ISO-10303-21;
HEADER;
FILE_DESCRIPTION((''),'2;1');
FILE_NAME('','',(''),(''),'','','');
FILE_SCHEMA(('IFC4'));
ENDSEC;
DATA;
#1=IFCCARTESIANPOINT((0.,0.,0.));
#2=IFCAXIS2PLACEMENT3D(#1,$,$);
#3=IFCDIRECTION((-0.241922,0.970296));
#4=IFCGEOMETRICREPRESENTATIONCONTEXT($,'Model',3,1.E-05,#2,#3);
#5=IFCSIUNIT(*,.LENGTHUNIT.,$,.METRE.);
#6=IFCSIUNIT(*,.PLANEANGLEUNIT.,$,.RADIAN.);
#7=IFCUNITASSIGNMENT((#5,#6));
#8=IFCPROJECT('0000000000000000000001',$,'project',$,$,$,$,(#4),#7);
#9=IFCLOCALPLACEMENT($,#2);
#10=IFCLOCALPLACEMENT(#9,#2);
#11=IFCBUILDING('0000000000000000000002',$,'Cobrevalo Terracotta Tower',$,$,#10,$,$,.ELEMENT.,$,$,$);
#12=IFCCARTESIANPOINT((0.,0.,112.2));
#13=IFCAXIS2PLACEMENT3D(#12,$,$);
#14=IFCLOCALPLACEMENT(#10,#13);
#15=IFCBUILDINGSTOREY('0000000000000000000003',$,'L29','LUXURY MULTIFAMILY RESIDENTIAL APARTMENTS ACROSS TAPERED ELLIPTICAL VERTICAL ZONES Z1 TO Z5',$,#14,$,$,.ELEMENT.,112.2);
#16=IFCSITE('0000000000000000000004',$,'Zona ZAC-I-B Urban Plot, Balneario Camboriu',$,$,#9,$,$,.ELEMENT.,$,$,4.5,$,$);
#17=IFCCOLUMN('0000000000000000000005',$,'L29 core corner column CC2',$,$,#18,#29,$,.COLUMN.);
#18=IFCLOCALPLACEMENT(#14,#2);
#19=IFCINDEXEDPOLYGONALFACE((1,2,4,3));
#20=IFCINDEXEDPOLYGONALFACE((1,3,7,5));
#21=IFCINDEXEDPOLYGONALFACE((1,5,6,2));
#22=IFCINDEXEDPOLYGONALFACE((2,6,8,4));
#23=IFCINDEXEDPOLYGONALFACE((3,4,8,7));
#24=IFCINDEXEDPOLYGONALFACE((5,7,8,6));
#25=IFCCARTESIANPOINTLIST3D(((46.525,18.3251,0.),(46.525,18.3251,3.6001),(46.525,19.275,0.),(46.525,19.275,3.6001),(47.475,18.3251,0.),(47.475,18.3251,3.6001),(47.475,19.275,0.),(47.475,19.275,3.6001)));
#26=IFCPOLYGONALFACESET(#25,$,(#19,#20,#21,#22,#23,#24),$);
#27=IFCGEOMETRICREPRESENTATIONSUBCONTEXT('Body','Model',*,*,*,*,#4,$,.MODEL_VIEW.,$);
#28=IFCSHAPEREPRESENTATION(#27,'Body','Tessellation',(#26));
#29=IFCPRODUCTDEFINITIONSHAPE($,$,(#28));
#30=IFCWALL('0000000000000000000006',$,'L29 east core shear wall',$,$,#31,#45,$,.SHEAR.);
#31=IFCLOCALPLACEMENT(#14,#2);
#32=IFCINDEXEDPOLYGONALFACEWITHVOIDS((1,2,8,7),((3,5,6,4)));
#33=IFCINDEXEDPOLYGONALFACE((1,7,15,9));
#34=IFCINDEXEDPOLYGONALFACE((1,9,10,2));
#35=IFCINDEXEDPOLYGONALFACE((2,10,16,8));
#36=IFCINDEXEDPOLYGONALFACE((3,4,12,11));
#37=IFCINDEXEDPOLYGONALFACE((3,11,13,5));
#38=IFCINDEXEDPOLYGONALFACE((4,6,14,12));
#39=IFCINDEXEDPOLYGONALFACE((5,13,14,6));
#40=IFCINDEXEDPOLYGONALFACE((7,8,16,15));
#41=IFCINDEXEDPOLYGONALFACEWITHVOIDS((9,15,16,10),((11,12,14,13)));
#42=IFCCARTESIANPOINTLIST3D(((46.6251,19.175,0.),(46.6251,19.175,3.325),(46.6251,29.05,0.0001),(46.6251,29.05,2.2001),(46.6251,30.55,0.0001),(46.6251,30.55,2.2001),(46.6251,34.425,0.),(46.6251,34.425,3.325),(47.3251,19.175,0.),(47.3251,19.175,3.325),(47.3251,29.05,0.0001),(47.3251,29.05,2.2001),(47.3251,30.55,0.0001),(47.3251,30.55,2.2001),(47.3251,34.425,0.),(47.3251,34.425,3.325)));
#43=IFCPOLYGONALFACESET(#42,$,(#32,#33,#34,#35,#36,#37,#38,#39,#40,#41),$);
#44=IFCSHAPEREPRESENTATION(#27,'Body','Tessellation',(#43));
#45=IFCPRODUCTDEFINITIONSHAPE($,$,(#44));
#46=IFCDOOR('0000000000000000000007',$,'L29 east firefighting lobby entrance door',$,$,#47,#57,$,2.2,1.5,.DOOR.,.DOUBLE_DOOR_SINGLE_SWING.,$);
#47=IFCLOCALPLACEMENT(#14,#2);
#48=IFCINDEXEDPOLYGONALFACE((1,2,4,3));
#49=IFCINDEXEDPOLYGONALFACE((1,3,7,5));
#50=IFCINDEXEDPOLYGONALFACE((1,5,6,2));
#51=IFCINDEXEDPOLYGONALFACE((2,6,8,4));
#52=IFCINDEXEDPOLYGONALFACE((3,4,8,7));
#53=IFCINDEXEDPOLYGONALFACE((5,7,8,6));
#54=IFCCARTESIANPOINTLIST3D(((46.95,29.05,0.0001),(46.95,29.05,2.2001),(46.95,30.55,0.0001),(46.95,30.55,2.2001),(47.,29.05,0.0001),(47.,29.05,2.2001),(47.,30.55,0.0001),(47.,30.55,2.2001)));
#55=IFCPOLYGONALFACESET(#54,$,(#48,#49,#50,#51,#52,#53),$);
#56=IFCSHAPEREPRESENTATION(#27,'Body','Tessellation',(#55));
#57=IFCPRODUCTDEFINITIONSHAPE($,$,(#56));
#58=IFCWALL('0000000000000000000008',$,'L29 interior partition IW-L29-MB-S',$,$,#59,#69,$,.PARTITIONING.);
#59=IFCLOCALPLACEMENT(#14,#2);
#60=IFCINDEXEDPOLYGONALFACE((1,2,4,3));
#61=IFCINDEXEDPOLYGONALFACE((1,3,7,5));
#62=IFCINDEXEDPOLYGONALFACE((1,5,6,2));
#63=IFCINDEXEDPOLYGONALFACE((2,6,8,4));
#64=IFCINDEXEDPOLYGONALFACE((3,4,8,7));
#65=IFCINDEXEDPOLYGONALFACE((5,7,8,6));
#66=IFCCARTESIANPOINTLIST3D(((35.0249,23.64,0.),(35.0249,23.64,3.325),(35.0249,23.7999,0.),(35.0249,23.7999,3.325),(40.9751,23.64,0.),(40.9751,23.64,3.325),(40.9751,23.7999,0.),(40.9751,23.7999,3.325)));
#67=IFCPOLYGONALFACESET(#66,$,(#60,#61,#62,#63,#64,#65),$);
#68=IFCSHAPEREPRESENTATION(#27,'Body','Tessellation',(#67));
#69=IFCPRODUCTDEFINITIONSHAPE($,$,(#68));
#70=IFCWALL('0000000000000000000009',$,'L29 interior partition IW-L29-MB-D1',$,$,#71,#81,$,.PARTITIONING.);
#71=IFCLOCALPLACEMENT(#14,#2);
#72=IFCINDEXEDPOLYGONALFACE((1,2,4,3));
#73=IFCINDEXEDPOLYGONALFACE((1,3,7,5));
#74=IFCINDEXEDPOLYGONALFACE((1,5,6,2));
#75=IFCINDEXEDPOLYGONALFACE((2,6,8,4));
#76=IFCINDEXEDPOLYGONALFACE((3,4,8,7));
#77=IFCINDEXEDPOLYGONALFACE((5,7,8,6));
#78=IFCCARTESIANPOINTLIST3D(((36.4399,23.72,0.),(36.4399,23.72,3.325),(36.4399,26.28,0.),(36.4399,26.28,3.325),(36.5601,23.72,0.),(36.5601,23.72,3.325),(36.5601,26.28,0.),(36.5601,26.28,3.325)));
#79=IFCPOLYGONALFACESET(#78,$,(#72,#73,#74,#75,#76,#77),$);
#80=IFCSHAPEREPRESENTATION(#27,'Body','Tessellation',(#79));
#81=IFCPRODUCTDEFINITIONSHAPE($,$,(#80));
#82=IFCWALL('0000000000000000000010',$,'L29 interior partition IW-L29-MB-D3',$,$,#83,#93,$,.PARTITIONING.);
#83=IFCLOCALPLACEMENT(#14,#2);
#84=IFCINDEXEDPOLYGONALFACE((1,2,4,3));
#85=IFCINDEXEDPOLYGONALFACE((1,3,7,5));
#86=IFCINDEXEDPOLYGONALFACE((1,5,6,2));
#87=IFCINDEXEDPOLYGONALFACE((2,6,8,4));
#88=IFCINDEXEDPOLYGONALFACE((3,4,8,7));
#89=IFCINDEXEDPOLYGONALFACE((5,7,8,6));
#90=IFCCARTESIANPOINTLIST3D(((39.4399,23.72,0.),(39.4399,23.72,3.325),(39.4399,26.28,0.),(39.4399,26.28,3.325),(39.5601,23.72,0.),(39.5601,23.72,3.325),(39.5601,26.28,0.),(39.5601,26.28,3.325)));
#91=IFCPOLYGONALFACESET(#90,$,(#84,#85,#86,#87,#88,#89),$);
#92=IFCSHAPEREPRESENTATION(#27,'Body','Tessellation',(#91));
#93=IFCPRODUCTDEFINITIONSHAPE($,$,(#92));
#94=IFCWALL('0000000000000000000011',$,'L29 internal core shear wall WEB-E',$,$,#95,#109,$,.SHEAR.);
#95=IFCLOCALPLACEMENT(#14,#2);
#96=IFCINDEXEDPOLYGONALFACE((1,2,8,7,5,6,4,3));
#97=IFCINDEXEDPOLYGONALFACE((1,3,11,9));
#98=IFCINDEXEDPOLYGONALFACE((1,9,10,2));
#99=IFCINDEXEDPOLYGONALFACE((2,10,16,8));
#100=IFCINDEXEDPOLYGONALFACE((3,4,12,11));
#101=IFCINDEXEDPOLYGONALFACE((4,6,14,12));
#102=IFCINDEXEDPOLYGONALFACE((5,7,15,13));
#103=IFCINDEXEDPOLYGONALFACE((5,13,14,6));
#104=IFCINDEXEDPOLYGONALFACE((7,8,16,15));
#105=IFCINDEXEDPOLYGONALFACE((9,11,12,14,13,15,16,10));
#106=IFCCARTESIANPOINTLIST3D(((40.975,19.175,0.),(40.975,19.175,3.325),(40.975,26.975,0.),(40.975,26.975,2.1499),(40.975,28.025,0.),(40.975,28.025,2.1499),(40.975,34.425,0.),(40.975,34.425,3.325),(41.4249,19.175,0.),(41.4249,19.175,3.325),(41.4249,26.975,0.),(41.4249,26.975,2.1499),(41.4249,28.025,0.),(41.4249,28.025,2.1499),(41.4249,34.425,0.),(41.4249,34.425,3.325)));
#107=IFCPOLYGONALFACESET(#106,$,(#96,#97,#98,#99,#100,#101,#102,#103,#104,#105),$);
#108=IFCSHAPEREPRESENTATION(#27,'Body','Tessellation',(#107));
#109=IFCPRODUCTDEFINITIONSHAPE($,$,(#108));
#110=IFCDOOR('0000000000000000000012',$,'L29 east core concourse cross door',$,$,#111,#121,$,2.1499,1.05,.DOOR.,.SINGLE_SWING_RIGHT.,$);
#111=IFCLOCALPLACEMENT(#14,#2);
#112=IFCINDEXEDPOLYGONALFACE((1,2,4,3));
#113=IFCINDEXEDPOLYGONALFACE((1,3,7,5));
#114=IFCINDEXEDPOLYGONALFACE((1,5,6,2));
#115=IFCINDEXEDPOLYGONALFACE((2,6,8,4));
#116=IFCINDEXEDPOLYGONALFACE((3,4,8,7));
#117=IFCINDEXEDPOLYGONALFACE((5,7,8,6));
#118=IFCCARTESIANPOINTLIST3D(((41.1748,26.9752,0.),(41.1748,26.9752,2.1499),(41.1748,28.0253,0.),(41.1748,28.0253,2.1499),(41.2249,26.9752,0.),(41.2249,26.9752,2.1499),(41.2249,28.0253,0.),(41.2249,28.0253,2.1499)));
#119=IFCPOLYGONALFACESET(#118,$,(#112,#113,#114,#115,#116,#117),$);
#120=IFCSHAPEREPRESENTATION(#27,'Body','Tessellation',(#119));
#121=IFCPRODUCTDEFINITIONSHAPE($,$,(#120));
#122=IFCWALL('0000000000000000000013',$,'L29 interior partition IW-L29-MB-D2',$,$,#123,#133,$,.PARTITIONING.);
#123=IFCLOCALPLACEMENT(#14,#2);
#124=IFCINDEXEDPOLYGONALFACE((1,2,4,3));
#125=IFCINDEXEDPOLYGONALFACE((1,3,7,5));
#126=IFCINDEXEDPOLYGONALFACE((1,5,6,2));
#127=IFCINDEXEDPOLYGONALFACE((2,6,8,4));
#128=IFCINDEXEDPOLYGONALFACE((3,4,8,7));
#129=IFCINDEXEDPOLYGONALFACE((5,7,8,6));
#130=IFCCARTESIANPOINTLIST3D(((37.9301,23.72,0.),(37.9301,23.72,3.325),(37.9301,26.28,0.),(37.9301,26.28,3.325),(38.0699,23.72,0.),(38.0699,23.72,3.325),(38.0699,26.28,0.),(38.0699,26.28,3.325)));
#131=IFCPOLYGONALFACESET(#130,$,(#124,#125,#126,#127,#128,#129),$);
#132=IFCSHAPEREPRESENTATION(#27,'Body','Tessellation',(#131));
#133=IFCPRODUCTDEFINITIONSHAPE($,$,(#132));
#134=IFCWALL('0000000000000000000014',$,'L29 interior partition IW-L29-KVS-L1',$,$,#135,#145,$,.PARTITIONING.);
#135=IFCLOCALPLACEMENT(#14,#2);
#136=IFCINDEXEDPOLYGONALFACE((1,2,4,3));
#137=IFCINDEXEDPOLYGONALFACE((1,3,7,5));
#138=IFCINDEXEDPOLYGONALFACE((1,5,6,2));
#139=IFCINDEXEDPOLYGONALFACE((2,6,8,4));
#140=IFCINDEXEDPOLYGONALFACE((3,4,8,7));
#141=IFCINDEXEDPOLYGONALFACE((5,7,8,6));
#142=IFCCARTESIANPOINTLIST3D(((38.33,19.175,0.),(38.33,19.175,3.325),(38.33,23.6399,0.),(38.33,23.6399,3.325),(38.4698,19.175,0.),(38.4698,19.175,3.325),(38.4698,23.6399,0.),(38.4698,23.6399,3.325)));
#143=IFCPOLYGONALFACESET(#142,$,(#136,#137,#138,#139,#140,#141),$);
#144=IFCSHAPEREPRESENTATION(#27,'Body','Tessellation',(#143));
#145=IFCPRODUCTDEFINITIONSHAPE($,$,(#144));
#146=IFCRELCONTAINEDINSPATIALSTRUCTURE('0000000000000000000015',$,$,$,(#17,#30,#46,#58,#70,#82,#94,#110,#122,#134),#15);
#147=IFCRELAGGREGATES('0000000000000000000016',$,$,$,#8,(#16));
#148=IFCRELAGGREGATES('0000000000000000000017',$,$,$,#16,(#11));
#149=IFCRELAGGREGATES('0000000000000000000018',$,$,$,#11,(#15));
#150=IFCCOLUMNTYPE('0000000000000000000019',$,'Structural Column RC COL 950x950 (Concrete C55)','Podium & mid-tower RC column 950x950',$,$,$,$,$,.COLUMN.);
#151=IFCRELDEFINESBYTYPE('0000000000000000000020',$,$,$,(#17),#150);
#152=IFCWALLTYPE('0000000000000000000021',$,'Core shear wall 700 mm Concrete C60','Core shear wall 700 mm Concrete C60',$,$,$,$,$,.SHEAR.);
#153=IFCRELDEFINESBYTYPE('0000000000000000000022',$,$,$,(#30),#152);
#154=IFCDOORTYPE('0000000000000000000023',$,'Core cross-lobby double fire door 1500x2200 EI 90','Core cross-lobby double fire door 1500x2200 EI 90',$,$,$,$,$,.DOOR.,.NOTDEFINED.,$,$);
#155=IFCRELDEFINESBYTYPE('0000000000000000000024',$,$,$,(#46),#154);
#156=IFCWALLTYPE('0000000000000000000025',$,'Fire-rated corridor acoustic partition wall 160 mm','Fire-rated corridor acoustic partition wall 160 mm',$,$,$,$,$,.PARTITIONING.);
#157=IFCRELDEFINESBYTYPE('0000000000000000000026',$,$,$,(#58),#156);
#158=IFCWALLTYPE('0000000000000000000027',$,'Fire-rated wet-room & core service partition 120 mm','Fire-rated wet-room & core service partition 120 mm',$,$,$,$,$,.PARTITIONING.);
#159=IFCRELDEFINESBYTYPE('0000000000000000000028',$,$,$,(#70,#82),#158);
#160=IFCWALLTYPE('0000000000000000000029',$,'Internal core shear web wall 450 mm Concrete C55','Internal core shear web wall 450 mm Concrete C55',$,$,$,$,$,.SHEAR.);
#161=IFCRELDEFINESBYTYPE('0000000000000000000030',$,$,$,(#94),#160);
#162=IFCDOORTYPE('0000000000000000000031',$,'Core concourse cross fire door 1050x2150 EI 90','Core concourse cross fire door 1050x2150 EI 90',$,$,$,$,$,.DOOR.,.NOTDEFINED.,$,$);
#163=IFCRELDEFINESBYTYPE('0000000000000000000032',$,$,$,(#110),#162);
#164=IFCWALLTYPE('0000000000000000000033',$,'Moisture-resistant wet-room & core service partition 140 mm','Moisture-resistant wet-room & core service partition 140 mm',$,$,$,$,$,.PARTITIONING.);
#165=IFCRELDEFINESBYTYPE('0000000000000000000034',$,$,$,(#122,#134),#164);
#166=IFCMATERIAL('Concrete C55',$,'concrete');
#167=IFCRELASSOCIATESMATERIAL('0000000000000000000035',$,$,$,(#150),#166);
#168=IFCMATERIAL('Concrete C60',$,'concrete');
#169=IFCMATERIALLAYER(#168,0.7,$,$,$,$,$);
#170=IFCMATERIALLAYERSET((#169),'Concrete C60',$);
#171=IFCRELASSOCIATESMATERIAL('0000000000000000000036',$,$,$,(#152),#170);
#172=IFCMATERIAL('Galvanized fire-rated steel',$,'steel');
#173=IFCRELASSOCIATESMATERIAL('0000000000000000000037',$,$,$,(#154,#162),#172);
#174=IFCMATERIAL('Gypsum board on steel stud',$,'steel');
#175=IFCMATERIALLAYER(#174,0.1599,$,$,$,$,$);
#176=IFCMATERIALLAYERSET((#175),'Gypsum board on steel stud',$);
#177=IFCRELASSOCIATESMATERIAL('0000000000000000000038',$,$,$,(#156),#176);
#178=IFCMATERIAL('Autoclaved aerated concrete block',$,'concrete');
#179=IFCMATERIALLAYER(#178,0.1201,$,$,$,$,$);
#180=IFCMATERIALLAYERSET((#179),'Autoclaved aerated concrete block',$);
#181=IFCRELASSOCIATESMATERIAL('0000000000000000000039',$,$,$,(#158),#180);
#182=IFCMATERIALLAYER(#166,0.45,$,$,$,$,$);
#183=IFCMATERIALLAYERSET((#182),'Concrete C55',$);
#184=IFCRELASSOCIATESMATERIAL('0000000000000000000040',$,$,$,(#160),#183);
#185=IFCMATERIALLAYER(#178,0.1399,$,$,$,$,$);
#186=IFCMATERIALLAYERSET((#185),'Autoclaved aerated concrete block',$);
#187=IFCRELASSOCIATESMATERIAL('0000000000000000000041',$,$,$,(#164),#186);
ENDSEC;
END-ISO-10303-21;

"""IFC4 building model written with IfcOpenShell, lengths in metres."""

from ifc_helpers import new_model, si_unit, direction, frame, frame_2d, origin, origin_2d, place, context, subcontext, project, spatial, rectangle, extrude, source, transform, mapped, material, layer, layer_set, material_profile, profile_set, type_object, element, fill, save


model = new_model("IFC4")

# Units and contexts
model_context = context("Model", 3, precision=1e-05, world=origin(), true_north=direction((-0.241922, 0.970296)))
body_context = subcontext(model_context, "Body", "Model", "MODEL_VIEW")
ifc_project = project(units=[si_unit("LENGTHUNIT", "METRE"), si_unit("PLANEANGLEUNIT", "RADIAN")], contexts=[model_context])

# Site, building, storey
site_placement = place(None, origin())
site = spatial("IfcSite", under=ifc_project, at=site_placement, Name="Zona ZAC-I-B Urban Plot, Balneario Camboriu", CompositionType="ELEMENT", RefElevation=4.5)
building_placement = place(site_placement, origin())
building = spatial("IfcBuilding", under=site, at=building_placement, Name="Cobrevalo Terracotta Tower", CompositionType="ELEMENT")
storey_placement = place(building_placement, frame((0.0, 0.0, 112.2)))
storey = spatial("IfcBuildingStorey", under=building, at=storey_placement, Name="L29", Description="LUXURY MULTIFAMILY RESIDENTIAL APARTMENTS ACROSS TAPERED ELLIPTICAL VERTICAL ZONES Z1 TO Z5", CompositionType="ELEMENT", Elevation=112.2)

# Column
ifc_material_1 = material(Name="Concrete C55", Category="concrete")
ifc_material_profile = material_profile(ifc_material_1, rectangle(XDim=0.95, YDim=0.95, at=origin_2d()), Name="RC COL 950x950")
ifc_profile_set = profile_set([ifc_material_profile], Name="Concrete C55")
column_type = type_object("IfcColumnType", Name="Structural Column RC COL 950x950 (Concrete C55)", Description="Podium & mid-tower RC column 950x950", PredefinedType="COLUMN", material=ifc_profile_set)
column_placement = place(storey_placement, frame((47.0, 18.8, 0.0), z_axis=(0.0, 0.0, 1.0), x_axis=(1.0, 0.0, 0.0)))
element("IfcColumn", 1, at=column_placement, inside=storey, type_object=column_type, Name="L29 core corner column CC2", PredefinedType="COLUMN", context=body_context, shape_type="SweptSolid", body=[
    extrude(rectangle(XDim=0.95, YDim=0.95, at=origin_2d()), origin(), (0.0, 0.0, 1.0), 3.6001),
])

# Wall, opening, door
ifc_material_2 = material(Name="Concrete C60", Category="concrete")
ifc_layer_1 = layer(ifc_material_2, 0.7)
ifc_layer_set_1 = layer_set([ifc_layer_1], Name="Concrete C60")
wall_type_1 = type_object("IfcWallType", Name="Core shear wall 700 mm Concrete C60", Description="Core shear wall 700 mm Concrete C60", PredefinedType="SHEAR", material=ifc_layer_set_1)
wall_1_placement = place(storey_placement, frame((46.9751, 19.175, 0.0), z_axis=(0.0, 0.0, 1.0), x_axis=(0.0, 1.0, 0.0)))
wall_1 = element("IfcWall", 2, at=wall_1_placement, inside=storey, type_object=wall_type_1, Name="L29 east core shear wall", PredefinedType="SHEAR", context=body_context, shape_type="SweptSolid", body=[
    extrude(rectangle(XDim=15.25, YDim=0.7, at=frame_2d((7.625, 0.0))), origin(), (0.0, 0.0, 1.0), 3.325),
])
opening_1_placement = place(wall_1_placement, frame((9.875, 0.0, 0.0)))
opening_1 = element("IfcOpeningElement", 3, at=opening_1_placement, cuts=wall_1, PredefinedType="OPENING", context=body_context, shape_type="SweptSolid", body=[
    extrude(rectangle(XDim=1.5, YDim=2.2, at=frame_2d((0.75, 1.1001))), frame((0.0, 0.3599, 0.0), z_axis=(0.0, -1.0, 0.0), x_axis=(1.0, 0.0, 0.0)), (0.0, 0.0, 1.0), 0.72),
])
ifc_material_3 = material(Name="Galvanized fire-rated steel", Category="steel")
door_type_1 = type_object("IfcDoorType", Name="Core cross-lobby double fire door 1500x2200 EI 90", Description="Core cross-lobby double fire door 1500x2200 EI 90", OperationType="NOTDEFINED", PredefinedType="DOOR", material=ifc_material_3)
shared_shape_1 = source(origin(), body_context, "Body", "SweptSolid", [
    extrude(rectangle(XDim=1.5, YDim=2.2, at=frame_2d((0.75, 1.1001))), frame((0.0, 0.0249, 0.0), z_axis=(0.0, -1.0, 0.0), x_axis=(1.0, 0.0, 0.0)), (0.0, 0.0, 1.0), 0.05),
])
door_1_placement = place(opening_1_placement, frame((1.5, 0.0, 0.0), z_axis=(0.0, 0.0, 1.0), x_axis=(-1.0, 0.0, 0.0)))
door_1 = element("IfcDoor", 4, at=door_1_placement, inside=storey, type_object=door_type_1, Name="L29 east firefighting lobby entrance door", OperationType="DOUBLE_DOOR_SINGLE_SWING", OverallHeight=2.2, OverallWidth=1.5, PredefinedType="DOOR", context=body_context, shape_type="MappedRepresentation", body=[
    mapped(shared_shape_1, transform((0.0, 0.0, 0.0), scale=1.0)),
])
fill(opening_1, door_1)

# Walls
ifc_material_4 = material(Name="Gypsum board on steel stud", Category="steel")
ifc_layer_2 = layer(ifc_material_4, 0.1599)
ifc_layer_set_2 = layer_set([ifc_layer_2], Name="Gypsum board on steel stud")
wall_type_2 = type_object("IfcWallType", Name="Fire-rated corridor acoustic partition wall 160 mm", Description="Fire-rated corridor acoustic partition wall 160 mm", PredefinedType="PARTITIONING", material=ifc_layer_set_2)
wall_2_placement = place(storey_placement, frame((35.0249, 23.72, 0.0), z_axis=(0.0, 0.0, 1.0), x_axis=(1.0, 0.0, 0.0)))
element("IfcWall", 5, at=wall_2_placement, inside=storey, type_object=wall_type_2, Name="L29 interior partition IW-L29-MB-S", PredefinedType="PARTITIONING", context=body_context, shape_type="SweptSolid", body=[
    extrude(rectangle(XDim=5.9502, YDim=0.1599, at=frame_2d((2.9751, 0.0))), origin(), (0.0, 0.0, 1.0), 3.325),
])
ifc_material_5 = material(Name="Autoclaved aerated concrete block", Category="concrete")
ifc_layer_3 = layer(ifc_material_5, 0.1201)
ifc_layer_set_3 = layer_set([ifc_layer_3], Name="Autoclaved aerated concrete block")
wall_type_3 = type_object("IfcWallType", Name="Fire-rated wet-room & core service partition 120 mm", Description="Fire-rated wet-room & core service partition 120 mm", PredefinedType="PARTITIONING", material=ifc_layer_set_3)
for number, where, z_axis, x_axis, name in (
    (6, (36.5, 23.72, 0.0), (0.0, 0.0, 1.0), (0.0, 1.0, 0.0), "L29 interior partition IW-L29-MB-D1"),
    (7, (39.5, 23.72, 0.0), (0.0, 0.0, 1.0), (0.0, 1.0, 0.0), "L29 interior partition IW-L29-MB-D3"),
):
    element("IfcWall", number, at=place(storey_placement, frame(where, z_axis=z_axis, x_axis=x_axis)), inside=storey, type_object=wall_type_3, Name=name, PredefinedType="PARTITIONING", context=body_context, shape_type="SweptSolid", body=[
        extrude(rectangle(XDim=2.5601, YDim=0.1201, at=frame_2d((1.28, 0.0))), origin(), (0.0, 0.0, 1.0), 3.325),
    ])

# Wall, opening, door
ifc_layer_4 = layer(ifc_material_1, 0.45)
ifc_layer_set_4 = layer_set([ifc_layer_4], Name="Concrete C55")
wall_type_4 = type_object("IfcWallType", Name="Internal core shear web wall 450 mm Concrete C55", Description="Internal core shear web wall 450 mm Concrete C55", PredefinedType="SHEAR", material=ifc_layer_set_4)
wall_3_placement = place(storey_placement, frame((41.2, 19.175, 0.0), z_axis=(0.0, 0.0, 1.0), x_axis=(0.0, 1.0, 0.0)))
wall_3 = element("IfcWall", 8, at=wall_3_placement, inside=storey, type_object=wall_type_4, Name="L29 internal core shear wall WEB-E", PredefinedType="SHEAR", context=body_context, shape_type="SweptSolid", body=[
    extrude(rectangle(XDim=15.25, YDim=0.45, at=frame_2d((7.625, 0.0))), origin(), (0.0, 0.0, 1.0), 3.325),
])
opening_2_placement = place(wall_3_placement, frame((7.8, 0.0, 0.0)))
opening_2 = element("IfcOpeningElement", 9, at=opening_2_placement, cuts=wall_3, PredefinedType="OPENING", context=body_context, shape_type="SweptSolid", body=[
    extrude(rectangle(XDim=1.05, YDim=2.1499, at=frame_2d((0.5249, 1.075))), frame((0.0, 0.2349, 0.0), z_axis=(0.0, -1.0, 0.0), x_axis=(1.0, 0.0, 0.0)), (0.0, 0.0, 1.0), 0.47),
])
door_type_2 = type_object("IfcDoorType", Name="Core concourse cross fire door 1050x2150 EI 90", Description="Core concourse cross fire door 1050x2150 EI 90", OperationType="NOTDEFINED", PredefinedType="DOOR", material=ifc_material_3)
shared_shape_2 = source(origin(), body_context, "Body", "SweptSolid", [
    extrude(rectangle(XDim=1.05, YDim=2.1499, at=frame_2d((0.5249, 1.075))), frame((0.0, 0.0249, 0.0), z_axis=(0.0, -1.0, 0.0), x_axis=(1.0, 0.0, 0.0)), (0.0, 0.0, 1.0), 0.05),
])
door_2_placement = place(opening_2_placement, frame((1.05, 0.0, 0.0), z_axis=(0.0, 0.0, 1.0), x_axis=(-1.0, 0.0, 0.0)))
door_2 = element("IfcDoor", 10, at=door_2_placement, inside=storey, type_object=door_type_2, Name="L29 east core concourse cross door", OperationType="SINGLE_SWING_RIGHT", OverallHeight=2.1499, OverallWidth=1.05, PredefinedType="DOOR", context=body_context, shape_type="MappedRepresentation", body=[
    mapped(shared_shape_2, transform((0.0, 0.0, 0.0), scale=1.0)),
])
fill(opening_2, door_2)

# Walls
ifc_layer_5 = layer(ifc_material_5, 0.1399)
ifc_layer_set_5 = layer_set([ifc_layer_5], Name="Autoclaved aerated concrete block")
wall_type_5 = type_object("IfcWallType", Name="Moisture-resistant wet-room & core service partition 140 mm", Description="Moisture-resistant wet-room & core service partition 140 mm", PredefinedType="PARTITIONING", material=ifc_layer_set_5)
wall_4_placement = place(storey_placement, frame((38.0, 23.72, 0.0), z_axis=(0.0, 0.0, 1.0), x_axis=(0.0, 1.0, 0.0)))
element("IfcWall", 11, at=wall_4_placement, inside=storey, type_object=wall_type_5, Name="L29 interior partition IW-L29-MB-D2", PredefinedType="PARTITIONING", context=body_context, shape_type="SweptSolid", body=[
    extrude(rectangle(XDim=2.5601, YDim=0.1399, at=frame_2d((1.28, 0.0))), origin(), (0.0, 0.0, 1.0), 3.325),
])
wall_5_placement = place(storey_placement, frame((38.3999, 19.175, 0.0), z_axis=(0.0, 0.0, 1.0), x_axis=(0.0, 1.0, 0.0)))
element("IfcWall", 12, at=wall_5_placement, inside=storey, type_object=wall_type_5, Name="L29 interior partition IW-L29-KVS-L1", PredefinedType="PARTITIONING", context=body_context, shape_type="SweptSolid", body=[
    extrude(rectangle(XDim=4.4648, YDim=0.1399, at=frame_2d((2.2324, 0.0))), origin(), (0.0, 0.0, 1.0), 3.325),
])

save(model, "model.ifc")
